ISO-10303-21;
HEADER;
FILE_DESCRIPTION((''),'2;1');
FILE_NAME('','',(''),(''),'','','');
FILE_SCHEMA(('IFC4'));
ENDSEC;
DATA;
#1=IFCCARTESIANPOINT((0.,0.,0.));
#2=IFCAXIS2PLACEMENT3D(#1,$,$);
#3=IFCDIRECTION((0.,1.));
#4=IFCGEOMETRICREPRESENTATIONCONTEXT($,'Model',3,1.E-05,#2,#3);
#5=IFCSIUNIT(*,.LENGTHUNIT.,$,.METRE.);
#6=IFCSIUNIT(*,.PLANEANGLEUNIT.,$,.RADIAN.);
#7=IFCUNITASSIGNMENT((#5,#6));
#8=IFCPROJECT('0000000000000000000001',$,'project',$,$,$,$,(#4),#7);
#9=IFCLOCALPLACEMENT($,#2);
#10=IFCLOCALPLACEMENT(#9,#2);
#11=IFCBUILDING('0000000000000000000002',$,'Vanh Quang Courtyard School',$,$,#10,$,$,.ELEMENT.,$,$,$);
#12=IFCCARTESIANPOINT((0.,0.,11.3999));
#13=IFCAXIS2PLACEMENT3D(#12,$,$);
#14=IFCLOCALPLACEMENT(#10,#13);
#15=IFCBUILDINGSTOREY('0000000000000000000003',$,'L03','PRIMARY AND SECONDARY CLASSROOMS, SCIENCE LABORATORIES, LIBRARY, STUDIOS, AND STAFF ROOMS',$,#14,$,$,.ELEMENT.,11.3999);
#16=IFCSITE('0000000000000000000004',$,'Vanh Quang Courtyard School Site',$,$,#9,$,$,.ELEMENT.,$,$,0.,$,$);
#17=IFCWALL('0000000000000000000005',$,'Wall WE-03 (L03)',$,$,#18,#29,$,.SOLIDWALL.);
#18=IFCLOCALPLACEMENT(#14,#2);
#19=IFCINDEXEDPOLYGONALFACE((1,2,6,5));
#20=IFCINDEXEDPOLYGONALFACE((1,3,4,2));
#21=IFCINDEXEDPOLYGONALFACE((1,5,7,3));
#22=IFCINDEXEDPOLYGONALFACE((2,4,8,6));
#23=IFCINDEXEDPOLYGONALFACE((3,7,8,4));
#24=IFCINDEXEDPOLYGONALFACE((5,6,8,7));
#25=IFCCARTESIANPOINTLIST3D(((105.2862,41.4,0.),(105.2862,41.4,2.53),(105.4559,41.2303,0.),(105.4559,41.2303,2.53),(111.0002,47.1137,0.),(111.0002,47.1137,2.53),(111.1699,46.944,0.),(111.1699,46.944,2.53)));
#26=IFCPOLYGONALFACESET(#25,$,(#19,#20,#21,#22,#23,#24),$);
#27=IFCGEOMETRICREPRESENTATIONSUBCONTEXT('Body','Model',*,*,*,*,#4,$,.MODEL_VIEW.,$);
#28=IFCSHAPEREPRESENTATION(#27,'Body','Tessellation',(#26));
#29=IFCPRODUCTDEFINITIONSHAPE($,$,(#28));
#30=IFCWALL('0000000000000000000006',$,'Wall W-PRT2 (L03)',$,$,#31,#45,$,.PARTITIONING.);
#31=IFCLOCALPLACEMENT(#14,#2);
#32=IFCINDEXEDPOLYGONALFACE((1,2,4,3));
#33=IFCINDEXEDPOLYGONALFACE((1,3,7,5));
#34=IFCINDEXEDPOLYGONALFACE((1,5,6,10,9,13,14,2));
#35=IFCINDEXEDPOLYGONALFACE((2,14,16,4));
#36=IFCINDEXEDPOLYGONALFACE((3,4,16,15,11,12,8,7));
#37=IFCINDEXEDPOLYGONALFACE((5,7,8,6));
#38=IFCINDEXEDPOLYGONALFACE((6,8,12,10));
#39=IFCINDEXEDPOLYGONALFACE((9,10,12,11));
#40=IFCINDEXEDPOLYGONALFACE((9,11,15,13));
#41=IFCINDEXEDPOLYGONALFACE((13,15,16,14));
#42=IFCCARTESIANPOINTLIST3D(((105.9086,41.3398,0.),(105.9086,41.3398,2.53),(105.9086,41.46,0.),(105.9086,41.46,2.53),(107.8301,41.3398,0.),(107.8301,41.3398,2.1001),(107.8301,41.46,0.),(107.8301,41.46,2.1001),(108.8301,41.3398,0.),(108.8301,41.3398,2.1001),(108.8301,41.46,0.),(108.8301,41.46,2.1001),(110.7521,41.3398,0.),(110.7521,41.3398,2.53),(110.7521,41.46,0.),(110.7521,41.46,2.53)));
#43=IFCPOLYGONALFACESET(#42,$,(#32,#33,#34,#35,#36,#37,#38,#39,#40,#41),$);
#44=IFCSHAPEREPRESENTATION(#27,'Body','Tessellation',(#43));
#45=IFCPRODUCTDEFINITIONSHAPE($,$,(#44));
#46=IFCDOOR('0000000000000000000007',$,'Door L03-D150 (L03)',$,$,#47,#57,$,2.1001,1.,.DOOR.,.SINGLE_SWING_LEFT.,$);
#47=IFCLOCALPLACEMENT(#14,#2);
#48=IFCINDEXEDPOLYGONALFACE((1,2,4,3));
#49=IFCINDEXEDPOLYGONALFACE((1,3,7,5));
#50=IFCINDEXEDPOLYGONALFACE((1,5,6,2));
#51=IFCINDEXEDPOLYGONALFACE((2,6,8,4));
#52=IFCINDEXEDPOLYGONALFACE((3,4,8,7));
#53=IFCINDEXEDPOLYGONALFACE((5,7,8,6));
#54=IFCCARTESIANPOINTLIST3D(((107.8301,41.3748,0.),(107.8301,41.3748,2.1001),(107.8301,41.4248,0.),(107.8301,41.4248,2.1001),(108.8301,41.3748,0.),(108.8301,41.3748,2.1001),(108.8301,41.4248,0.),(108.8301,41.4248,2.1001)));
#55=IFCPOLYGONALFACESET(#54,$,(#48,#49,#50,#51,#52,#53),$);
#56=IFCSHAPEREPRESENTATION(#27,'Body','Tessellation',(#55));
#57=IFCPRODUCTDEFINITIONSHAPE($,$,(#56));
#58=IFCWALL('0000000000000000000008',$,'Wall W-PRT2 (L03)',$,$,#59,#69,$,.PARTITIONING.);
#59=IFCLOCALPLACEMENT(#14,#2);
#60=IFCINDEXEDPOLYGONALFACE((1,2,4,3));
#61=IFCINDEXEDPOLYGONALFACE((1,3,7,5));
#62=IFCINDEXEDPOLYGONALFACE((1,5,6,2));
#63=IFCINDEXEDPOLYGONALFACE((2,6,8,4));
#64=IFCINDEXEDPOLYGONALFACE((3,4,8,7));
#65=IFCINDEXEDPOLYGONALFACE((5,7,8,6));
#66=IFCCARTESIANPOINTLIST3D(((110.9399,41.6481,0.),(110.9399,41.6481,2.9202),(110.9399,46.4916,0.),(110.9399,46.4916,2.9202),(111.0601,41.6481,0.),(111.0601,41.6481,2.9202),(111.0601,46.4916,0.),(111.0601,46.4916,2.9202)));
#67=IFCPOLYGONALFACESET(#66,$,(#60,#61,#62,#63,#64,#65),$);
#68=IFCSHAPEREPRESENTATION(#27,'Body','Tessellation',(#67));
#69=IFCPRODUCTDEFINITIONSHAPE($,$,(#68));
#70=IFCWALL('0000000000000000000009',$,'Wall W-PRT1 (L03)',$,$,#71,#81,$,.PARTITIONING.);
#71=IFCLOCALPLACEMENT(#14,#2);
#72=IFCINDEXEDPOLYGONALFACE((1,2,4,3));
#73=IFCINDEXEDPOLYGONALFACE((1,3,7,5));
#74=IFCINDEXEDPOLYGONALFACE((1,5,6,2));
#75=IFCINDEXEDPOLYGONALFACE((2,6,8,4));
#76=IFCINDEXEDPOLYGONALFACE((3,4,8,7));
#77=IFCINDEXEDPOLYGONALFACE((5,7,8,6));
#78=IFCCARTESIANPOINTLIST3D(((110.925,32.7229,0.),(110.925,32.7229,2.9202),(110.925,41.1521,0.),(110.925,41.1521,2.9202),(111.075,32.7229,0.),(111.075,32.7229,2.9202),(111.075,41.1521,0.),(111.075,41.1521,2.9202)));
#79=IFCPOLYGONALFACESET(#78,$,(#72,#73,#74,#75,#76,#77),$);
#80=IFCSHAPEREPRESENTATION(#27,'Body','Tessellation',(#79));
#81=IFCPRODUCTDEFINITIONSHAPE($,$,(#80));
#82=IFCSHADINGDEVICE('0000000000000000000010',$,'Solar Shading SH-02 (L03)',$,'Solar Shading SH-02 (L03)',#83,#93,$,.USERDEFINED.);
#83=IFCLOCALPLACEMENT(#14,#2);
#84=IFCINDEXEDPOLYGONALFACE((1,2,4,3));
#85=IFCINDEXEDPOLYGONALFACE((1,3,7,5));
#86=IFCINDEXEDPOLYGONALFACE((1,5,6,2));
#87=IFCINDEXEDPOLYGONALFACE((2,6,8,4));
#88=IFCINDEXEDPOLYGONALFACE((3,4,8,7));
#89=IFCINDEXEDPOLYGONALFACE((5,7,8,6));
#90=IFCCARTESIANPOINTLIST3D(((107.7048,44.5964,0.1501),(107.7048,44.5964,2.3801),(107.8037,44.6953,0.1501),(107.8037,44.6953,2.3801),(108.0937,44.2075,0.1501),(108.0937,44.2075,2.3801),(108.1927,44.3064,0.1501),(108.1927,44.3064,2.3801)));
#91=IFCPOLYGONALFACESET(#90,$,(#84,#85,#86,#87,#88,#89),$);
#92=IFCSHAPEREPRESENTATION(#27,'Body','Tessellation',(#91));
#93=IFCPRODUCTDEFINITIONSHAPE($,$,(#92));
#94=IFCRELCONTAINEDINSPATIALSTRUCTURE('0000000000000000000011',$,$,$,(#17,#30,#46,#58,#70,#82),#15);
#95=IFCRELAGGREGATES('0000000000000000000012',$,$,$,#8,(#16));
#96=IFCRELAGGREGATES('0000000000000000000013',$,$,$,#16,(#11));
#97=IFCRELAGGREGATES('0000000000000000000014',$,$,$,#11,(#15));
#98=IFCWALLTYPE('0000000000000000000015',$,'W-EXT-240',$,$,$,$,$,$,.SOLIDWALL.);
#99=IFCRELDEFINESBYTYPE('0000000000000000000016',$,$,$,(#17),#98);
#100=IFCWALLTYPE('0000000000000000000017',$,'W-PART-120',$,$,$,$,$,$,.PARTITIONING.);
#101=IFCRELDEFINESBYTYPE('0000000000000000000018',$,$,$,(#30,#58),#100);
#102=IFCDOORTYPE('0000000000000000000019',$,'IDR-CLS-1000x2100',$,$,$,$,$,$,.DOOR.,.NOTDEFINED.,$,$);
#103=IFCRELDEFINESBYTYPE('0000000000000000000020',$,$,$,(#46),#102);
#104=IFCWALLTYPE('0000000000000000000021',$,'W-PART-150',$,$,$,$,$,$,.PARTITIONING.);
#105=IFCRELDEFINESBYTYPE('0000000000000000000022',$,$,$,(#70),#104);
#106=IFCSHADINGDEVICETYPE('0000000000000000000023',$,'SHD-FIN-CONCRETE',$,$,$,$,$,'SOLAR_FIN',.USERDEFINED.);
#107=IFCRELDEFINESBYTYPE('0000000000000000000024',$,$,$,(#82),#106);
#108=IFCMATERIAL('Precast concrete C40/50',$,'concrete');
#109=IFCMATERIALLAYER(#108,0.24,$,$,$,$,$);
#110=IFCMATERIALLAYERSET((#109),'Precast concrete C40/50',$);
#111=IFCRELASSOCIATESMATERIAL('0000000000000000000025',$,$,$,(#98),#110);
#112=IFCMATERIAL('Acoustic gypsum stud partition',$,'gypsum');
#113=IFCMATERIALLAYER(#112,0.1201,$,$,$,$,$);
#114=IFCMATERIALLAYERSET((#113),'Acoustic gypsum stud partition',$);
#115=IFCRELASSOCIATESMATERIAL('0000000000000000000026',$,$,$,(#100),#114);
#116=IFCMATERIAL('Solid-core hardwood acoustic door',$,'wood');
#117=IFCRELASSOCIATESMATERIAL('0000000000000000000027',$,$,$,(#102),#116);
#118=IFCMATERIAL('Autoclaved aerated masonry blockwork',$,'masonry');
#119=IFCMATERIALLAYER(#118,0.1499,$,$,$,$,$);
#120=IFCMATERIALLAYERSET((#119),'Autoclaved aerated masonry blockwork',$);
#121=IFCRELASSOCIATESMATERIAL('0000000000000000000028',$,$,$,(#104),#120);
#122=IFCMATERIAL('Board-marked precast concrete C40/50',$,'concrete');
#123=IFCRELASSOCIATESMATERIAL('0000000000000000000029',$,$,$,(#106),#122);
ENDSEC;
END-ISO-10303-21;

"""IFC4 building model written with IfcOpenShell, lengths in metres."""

from ifc_helpers import new_model, si_unit, direction, frame, frame_2d, origin, origin_2d, place, context, subcontext, project, spatial, rectangle, extrude, material, layer, layer_set, type_object, element, fill, save


model = new_model("IFC4")

# Units and contexts
model_context = context("Model", 3, precision=1e-05, world=origin(), true_north=direction((0.0, 1.0)))
body_context = subcontext(model_context, "Body", "Model", "MODEL_VIEW")
ifc_project = project(units=[si_unit("LENGTHUNIT", "METRE"), si_unit("PLANEANGLEUNIT", "RADIAN")], contexts=[model_context])

# Site, building, storey
site_placement = place(None, origin())
site = spatial("IfcSite", under=ifc_project, at=site_placement, Name="Vanh Quang Courtyard School Site", CompositionType="ELEMENT", RefElevation=0.0)
building_placement = place(site_placement, origin())
building = spatial("IfcBuilding", under=site, at=building_placement, Name="Vanh Quang Courtyard School", CompositionType="ELEMENT")
storey_placement = place(building_placement, frame((0.0, 0.0, 11.3999)))
storey = spatial("IfcBuildingStorey", under=building, at=storey_placement, Name="L03", Description="PRIMARY AND SECONDARY CLASSROOMS, SCIENCE LABORATORIES, LIBRARY, STUDIOS, AND STAFF ROOMS", CompositionType="ELEMENT", Elevation=11.3999)

# Wall
ifc_material_1 = material(Name="Precast concrete C40/50", Category="concrete")
ifc_layer_1 = layer(ifc_material_1, 0.24)
ifc_layer_set_1 = layer_set([ifc_layer_1], Name="Precast concrete C40/50")
wall_type_1 = type_object("IfcWallType", Name="W-EXT-240", PredefinedType="SOLIDWALL", material=ifc_layer_set_1)
wall_1_placement = place(storey_placement, frame((105.3711, 41.3152, 0.0), z_axis=(0.0, 0.0, 1.0), x_axis=(0.707122, 0.707092, 0.0)))
element("IfcWall", 1, at=wall_1_placement, inside=storey, type_object=wall_type_1, Name="Wall WE-03 (L03)", PredefinedType="SOLIDWALL", context=body_context, shape_type="SweptSolid", body=[
    extrude(rectangle(XDim=8.0806, YDim=0.24, at=frame_2d((4.0403, 0.0))), origin(), (0.0, 0.0, 1.0), 2.53),
])

# Wall, opening, door
ifc_material_2 = material(Name="Acoustic gypsum stud partition", Category="gypsum")
ifc_layer_2 = layer(ifc_material_2, 0.1201)
ifc_layer_set_2 = layer_set([ifc_layer_2], Name="Acoustic gypsum stud partition")
wall_type_2 = type_object("IfcWallType", Name="W-PART-120", PredefinedType="PARTITIONING", material=ifc_layer_set_2)
wall_2_placement = place(storey_placement, frame((105.9084, 41.3999, 0.0), z_axis=(0.0, 0.0, 1.0), x_axis=(1.0, 0.0, 0.0)))
wall_2 = element("IfcWall", 2, at=wall_2_placement, inside=storey, type_object=wall_type_2, Name="Wall W-PRT2 (L03)", PredefinedType="PARTITIONING", context=body_context, shape_type="SweptSolid", body=[
    extrude(rectangle(XDim=4.8435, YDim=0.1201, at=frame_2d((2.4219, 0.0))), origin(), (0.0, 0.0, 1.0), 2.53),
])
opening_placement = place(wall_2_placement, frame((1.9216, 0.0, 0.0)))
opening = element("IfcOpeningElement", 3, at=opening_placement, cuts=wall_2, PredefinedType="OPENING", context=body_context, shape_type="SweptSolid", body=[
    extrude(rectangle(XDim=1.0, YDim=2.1001, at=frame_2d((0.5, 1.05))), frame((0.0, 0.0701, 0.0), z_axis=(0.0, -1.0, 0.0), x_axis=(1.0, 0.0, 0.0)), (0.0, 0.0, 1.0), 0.1401),
])
ifc_material_3 = material(Name="Solid-core hardwood acoustic door", Category="wood")
door_type = type_object("IfcDoorType", Name="IDR-CLS-1000x2100", OperationType="NOTDEFINED", PredefinedType="DOOR", material=ifc_material_3)
door_placement = place(opening_placement, origin())
door = element("IfcDoor", 4, at=door_placement, inside=storey, type_object=door_type, Name="Door L03-D150 (L03)", OperationType="SINGLE_SWING_LEFT", OverallHeight=2.1001, OverallWidth=1.0, PredefinedType="DOOR", context=body_context, shape_type="SweptSolid", body=[
    extrude(rectangle(XDim=1.0, YDim=2.1001, at=frame_2d((0.5, 1.05))), frame((0.0, 0.0249, 0.0), z_axis=(0.0, -1.0, 0.0), x_axis=(1.0, 0.0, 0.0)), (0.0, 0.0, 1.0), 0.05),
])
fill(opening, door)

# Walls
wall_3_placement = place(storey_placement, frame((111.0, 41.6479, 0.0), z_axis=(0.0, 0.0, 1.0), x_axis=(0.0, 1.0, 0.0)))
element("IfcWall", 5, at=wall_3_placement, inside=storey, type_object=wall_type_2, Name="Wall W-PRT2 (L03)", PredefinedType="PARTITIONING", context=body_context, shape_type="SweptSolid", body=[
    extrude(rectangle(XDim=4.8435, YDim=0.1201, at=frame_2d((2.4219, 0.0))), origin(), (0.0, 0.0, 1.0), 2.9202),
])
ifc_material_4 = material(Name="Autoclaved aerated masonry blockwork", Category="masonry")
ifc_layer_3 = layer(ifc_material_4, 0.1499)
ifc_layer_set_3 = layer_set([ifc_layer_3], Name="Autoclaved aerated masonry blockwork")
wall_type_3 = type_object("IfcWallType", Name="W-PART-150", PredefinedType="PARTITIONING", material=ifc_layer_set_3)
wall_4_placement = place(storey_placement, frame((111.0, 41.1521, 0.0), z_axis=(0.0, 0.0, 1.0), x_axis=(0.0, -1.0, 0.0)))
element("IfcWall", 6, at=wall_4_placement, inside=storey, type_object=wall_type_3, Name="Wall W-PRT1 (L03)", PredefinedType="PARTITIONING", context=body_context, shape_type="SweptSolid", body=[
    extrude(rectangle(XDim=8.4292, YDim=0.1499, at=frame_2d((4.2146, 0.0))), origin(), (0.0, 0.0, 1.0), 2.9202),
])

# Shading device
ifc_material_5 = material(Name="Board-marked precast concrete C40/50", Category="concrete")
shading_device_type = type_object("IfcShadingDeviceType", Name="SHD-FIN-CONCRETE", ElementType="SOLAR_FIN", PredefinedType="USERDEFINED", material=ifc_material_5)
shading_device_placement = place(storey_placement, frame((107.9487, 44.4514, 0.1501), z_axis=(0.0, 0.0, 1.0), x_axis=(0.707107, 0.707107, 0.0)))
element("IfcShadingDevice", 7, at=shading_device_placement, inside=storey, type_object=shading_device_type, Name="Solar Shading SH-02 (L03)", ObjectType="Solar Shading SH-02 (L03)", PredefinedType="USERDEFINED", context=body_context, shape_type="SweptSolid", body=[
    extrude(rectangle(XDim=0.1399, YDim=0.55, at=origin_2d()), origin(), (0.0, 0.0, 1.0), 2.23),
])

save(model, "model.ifc")
